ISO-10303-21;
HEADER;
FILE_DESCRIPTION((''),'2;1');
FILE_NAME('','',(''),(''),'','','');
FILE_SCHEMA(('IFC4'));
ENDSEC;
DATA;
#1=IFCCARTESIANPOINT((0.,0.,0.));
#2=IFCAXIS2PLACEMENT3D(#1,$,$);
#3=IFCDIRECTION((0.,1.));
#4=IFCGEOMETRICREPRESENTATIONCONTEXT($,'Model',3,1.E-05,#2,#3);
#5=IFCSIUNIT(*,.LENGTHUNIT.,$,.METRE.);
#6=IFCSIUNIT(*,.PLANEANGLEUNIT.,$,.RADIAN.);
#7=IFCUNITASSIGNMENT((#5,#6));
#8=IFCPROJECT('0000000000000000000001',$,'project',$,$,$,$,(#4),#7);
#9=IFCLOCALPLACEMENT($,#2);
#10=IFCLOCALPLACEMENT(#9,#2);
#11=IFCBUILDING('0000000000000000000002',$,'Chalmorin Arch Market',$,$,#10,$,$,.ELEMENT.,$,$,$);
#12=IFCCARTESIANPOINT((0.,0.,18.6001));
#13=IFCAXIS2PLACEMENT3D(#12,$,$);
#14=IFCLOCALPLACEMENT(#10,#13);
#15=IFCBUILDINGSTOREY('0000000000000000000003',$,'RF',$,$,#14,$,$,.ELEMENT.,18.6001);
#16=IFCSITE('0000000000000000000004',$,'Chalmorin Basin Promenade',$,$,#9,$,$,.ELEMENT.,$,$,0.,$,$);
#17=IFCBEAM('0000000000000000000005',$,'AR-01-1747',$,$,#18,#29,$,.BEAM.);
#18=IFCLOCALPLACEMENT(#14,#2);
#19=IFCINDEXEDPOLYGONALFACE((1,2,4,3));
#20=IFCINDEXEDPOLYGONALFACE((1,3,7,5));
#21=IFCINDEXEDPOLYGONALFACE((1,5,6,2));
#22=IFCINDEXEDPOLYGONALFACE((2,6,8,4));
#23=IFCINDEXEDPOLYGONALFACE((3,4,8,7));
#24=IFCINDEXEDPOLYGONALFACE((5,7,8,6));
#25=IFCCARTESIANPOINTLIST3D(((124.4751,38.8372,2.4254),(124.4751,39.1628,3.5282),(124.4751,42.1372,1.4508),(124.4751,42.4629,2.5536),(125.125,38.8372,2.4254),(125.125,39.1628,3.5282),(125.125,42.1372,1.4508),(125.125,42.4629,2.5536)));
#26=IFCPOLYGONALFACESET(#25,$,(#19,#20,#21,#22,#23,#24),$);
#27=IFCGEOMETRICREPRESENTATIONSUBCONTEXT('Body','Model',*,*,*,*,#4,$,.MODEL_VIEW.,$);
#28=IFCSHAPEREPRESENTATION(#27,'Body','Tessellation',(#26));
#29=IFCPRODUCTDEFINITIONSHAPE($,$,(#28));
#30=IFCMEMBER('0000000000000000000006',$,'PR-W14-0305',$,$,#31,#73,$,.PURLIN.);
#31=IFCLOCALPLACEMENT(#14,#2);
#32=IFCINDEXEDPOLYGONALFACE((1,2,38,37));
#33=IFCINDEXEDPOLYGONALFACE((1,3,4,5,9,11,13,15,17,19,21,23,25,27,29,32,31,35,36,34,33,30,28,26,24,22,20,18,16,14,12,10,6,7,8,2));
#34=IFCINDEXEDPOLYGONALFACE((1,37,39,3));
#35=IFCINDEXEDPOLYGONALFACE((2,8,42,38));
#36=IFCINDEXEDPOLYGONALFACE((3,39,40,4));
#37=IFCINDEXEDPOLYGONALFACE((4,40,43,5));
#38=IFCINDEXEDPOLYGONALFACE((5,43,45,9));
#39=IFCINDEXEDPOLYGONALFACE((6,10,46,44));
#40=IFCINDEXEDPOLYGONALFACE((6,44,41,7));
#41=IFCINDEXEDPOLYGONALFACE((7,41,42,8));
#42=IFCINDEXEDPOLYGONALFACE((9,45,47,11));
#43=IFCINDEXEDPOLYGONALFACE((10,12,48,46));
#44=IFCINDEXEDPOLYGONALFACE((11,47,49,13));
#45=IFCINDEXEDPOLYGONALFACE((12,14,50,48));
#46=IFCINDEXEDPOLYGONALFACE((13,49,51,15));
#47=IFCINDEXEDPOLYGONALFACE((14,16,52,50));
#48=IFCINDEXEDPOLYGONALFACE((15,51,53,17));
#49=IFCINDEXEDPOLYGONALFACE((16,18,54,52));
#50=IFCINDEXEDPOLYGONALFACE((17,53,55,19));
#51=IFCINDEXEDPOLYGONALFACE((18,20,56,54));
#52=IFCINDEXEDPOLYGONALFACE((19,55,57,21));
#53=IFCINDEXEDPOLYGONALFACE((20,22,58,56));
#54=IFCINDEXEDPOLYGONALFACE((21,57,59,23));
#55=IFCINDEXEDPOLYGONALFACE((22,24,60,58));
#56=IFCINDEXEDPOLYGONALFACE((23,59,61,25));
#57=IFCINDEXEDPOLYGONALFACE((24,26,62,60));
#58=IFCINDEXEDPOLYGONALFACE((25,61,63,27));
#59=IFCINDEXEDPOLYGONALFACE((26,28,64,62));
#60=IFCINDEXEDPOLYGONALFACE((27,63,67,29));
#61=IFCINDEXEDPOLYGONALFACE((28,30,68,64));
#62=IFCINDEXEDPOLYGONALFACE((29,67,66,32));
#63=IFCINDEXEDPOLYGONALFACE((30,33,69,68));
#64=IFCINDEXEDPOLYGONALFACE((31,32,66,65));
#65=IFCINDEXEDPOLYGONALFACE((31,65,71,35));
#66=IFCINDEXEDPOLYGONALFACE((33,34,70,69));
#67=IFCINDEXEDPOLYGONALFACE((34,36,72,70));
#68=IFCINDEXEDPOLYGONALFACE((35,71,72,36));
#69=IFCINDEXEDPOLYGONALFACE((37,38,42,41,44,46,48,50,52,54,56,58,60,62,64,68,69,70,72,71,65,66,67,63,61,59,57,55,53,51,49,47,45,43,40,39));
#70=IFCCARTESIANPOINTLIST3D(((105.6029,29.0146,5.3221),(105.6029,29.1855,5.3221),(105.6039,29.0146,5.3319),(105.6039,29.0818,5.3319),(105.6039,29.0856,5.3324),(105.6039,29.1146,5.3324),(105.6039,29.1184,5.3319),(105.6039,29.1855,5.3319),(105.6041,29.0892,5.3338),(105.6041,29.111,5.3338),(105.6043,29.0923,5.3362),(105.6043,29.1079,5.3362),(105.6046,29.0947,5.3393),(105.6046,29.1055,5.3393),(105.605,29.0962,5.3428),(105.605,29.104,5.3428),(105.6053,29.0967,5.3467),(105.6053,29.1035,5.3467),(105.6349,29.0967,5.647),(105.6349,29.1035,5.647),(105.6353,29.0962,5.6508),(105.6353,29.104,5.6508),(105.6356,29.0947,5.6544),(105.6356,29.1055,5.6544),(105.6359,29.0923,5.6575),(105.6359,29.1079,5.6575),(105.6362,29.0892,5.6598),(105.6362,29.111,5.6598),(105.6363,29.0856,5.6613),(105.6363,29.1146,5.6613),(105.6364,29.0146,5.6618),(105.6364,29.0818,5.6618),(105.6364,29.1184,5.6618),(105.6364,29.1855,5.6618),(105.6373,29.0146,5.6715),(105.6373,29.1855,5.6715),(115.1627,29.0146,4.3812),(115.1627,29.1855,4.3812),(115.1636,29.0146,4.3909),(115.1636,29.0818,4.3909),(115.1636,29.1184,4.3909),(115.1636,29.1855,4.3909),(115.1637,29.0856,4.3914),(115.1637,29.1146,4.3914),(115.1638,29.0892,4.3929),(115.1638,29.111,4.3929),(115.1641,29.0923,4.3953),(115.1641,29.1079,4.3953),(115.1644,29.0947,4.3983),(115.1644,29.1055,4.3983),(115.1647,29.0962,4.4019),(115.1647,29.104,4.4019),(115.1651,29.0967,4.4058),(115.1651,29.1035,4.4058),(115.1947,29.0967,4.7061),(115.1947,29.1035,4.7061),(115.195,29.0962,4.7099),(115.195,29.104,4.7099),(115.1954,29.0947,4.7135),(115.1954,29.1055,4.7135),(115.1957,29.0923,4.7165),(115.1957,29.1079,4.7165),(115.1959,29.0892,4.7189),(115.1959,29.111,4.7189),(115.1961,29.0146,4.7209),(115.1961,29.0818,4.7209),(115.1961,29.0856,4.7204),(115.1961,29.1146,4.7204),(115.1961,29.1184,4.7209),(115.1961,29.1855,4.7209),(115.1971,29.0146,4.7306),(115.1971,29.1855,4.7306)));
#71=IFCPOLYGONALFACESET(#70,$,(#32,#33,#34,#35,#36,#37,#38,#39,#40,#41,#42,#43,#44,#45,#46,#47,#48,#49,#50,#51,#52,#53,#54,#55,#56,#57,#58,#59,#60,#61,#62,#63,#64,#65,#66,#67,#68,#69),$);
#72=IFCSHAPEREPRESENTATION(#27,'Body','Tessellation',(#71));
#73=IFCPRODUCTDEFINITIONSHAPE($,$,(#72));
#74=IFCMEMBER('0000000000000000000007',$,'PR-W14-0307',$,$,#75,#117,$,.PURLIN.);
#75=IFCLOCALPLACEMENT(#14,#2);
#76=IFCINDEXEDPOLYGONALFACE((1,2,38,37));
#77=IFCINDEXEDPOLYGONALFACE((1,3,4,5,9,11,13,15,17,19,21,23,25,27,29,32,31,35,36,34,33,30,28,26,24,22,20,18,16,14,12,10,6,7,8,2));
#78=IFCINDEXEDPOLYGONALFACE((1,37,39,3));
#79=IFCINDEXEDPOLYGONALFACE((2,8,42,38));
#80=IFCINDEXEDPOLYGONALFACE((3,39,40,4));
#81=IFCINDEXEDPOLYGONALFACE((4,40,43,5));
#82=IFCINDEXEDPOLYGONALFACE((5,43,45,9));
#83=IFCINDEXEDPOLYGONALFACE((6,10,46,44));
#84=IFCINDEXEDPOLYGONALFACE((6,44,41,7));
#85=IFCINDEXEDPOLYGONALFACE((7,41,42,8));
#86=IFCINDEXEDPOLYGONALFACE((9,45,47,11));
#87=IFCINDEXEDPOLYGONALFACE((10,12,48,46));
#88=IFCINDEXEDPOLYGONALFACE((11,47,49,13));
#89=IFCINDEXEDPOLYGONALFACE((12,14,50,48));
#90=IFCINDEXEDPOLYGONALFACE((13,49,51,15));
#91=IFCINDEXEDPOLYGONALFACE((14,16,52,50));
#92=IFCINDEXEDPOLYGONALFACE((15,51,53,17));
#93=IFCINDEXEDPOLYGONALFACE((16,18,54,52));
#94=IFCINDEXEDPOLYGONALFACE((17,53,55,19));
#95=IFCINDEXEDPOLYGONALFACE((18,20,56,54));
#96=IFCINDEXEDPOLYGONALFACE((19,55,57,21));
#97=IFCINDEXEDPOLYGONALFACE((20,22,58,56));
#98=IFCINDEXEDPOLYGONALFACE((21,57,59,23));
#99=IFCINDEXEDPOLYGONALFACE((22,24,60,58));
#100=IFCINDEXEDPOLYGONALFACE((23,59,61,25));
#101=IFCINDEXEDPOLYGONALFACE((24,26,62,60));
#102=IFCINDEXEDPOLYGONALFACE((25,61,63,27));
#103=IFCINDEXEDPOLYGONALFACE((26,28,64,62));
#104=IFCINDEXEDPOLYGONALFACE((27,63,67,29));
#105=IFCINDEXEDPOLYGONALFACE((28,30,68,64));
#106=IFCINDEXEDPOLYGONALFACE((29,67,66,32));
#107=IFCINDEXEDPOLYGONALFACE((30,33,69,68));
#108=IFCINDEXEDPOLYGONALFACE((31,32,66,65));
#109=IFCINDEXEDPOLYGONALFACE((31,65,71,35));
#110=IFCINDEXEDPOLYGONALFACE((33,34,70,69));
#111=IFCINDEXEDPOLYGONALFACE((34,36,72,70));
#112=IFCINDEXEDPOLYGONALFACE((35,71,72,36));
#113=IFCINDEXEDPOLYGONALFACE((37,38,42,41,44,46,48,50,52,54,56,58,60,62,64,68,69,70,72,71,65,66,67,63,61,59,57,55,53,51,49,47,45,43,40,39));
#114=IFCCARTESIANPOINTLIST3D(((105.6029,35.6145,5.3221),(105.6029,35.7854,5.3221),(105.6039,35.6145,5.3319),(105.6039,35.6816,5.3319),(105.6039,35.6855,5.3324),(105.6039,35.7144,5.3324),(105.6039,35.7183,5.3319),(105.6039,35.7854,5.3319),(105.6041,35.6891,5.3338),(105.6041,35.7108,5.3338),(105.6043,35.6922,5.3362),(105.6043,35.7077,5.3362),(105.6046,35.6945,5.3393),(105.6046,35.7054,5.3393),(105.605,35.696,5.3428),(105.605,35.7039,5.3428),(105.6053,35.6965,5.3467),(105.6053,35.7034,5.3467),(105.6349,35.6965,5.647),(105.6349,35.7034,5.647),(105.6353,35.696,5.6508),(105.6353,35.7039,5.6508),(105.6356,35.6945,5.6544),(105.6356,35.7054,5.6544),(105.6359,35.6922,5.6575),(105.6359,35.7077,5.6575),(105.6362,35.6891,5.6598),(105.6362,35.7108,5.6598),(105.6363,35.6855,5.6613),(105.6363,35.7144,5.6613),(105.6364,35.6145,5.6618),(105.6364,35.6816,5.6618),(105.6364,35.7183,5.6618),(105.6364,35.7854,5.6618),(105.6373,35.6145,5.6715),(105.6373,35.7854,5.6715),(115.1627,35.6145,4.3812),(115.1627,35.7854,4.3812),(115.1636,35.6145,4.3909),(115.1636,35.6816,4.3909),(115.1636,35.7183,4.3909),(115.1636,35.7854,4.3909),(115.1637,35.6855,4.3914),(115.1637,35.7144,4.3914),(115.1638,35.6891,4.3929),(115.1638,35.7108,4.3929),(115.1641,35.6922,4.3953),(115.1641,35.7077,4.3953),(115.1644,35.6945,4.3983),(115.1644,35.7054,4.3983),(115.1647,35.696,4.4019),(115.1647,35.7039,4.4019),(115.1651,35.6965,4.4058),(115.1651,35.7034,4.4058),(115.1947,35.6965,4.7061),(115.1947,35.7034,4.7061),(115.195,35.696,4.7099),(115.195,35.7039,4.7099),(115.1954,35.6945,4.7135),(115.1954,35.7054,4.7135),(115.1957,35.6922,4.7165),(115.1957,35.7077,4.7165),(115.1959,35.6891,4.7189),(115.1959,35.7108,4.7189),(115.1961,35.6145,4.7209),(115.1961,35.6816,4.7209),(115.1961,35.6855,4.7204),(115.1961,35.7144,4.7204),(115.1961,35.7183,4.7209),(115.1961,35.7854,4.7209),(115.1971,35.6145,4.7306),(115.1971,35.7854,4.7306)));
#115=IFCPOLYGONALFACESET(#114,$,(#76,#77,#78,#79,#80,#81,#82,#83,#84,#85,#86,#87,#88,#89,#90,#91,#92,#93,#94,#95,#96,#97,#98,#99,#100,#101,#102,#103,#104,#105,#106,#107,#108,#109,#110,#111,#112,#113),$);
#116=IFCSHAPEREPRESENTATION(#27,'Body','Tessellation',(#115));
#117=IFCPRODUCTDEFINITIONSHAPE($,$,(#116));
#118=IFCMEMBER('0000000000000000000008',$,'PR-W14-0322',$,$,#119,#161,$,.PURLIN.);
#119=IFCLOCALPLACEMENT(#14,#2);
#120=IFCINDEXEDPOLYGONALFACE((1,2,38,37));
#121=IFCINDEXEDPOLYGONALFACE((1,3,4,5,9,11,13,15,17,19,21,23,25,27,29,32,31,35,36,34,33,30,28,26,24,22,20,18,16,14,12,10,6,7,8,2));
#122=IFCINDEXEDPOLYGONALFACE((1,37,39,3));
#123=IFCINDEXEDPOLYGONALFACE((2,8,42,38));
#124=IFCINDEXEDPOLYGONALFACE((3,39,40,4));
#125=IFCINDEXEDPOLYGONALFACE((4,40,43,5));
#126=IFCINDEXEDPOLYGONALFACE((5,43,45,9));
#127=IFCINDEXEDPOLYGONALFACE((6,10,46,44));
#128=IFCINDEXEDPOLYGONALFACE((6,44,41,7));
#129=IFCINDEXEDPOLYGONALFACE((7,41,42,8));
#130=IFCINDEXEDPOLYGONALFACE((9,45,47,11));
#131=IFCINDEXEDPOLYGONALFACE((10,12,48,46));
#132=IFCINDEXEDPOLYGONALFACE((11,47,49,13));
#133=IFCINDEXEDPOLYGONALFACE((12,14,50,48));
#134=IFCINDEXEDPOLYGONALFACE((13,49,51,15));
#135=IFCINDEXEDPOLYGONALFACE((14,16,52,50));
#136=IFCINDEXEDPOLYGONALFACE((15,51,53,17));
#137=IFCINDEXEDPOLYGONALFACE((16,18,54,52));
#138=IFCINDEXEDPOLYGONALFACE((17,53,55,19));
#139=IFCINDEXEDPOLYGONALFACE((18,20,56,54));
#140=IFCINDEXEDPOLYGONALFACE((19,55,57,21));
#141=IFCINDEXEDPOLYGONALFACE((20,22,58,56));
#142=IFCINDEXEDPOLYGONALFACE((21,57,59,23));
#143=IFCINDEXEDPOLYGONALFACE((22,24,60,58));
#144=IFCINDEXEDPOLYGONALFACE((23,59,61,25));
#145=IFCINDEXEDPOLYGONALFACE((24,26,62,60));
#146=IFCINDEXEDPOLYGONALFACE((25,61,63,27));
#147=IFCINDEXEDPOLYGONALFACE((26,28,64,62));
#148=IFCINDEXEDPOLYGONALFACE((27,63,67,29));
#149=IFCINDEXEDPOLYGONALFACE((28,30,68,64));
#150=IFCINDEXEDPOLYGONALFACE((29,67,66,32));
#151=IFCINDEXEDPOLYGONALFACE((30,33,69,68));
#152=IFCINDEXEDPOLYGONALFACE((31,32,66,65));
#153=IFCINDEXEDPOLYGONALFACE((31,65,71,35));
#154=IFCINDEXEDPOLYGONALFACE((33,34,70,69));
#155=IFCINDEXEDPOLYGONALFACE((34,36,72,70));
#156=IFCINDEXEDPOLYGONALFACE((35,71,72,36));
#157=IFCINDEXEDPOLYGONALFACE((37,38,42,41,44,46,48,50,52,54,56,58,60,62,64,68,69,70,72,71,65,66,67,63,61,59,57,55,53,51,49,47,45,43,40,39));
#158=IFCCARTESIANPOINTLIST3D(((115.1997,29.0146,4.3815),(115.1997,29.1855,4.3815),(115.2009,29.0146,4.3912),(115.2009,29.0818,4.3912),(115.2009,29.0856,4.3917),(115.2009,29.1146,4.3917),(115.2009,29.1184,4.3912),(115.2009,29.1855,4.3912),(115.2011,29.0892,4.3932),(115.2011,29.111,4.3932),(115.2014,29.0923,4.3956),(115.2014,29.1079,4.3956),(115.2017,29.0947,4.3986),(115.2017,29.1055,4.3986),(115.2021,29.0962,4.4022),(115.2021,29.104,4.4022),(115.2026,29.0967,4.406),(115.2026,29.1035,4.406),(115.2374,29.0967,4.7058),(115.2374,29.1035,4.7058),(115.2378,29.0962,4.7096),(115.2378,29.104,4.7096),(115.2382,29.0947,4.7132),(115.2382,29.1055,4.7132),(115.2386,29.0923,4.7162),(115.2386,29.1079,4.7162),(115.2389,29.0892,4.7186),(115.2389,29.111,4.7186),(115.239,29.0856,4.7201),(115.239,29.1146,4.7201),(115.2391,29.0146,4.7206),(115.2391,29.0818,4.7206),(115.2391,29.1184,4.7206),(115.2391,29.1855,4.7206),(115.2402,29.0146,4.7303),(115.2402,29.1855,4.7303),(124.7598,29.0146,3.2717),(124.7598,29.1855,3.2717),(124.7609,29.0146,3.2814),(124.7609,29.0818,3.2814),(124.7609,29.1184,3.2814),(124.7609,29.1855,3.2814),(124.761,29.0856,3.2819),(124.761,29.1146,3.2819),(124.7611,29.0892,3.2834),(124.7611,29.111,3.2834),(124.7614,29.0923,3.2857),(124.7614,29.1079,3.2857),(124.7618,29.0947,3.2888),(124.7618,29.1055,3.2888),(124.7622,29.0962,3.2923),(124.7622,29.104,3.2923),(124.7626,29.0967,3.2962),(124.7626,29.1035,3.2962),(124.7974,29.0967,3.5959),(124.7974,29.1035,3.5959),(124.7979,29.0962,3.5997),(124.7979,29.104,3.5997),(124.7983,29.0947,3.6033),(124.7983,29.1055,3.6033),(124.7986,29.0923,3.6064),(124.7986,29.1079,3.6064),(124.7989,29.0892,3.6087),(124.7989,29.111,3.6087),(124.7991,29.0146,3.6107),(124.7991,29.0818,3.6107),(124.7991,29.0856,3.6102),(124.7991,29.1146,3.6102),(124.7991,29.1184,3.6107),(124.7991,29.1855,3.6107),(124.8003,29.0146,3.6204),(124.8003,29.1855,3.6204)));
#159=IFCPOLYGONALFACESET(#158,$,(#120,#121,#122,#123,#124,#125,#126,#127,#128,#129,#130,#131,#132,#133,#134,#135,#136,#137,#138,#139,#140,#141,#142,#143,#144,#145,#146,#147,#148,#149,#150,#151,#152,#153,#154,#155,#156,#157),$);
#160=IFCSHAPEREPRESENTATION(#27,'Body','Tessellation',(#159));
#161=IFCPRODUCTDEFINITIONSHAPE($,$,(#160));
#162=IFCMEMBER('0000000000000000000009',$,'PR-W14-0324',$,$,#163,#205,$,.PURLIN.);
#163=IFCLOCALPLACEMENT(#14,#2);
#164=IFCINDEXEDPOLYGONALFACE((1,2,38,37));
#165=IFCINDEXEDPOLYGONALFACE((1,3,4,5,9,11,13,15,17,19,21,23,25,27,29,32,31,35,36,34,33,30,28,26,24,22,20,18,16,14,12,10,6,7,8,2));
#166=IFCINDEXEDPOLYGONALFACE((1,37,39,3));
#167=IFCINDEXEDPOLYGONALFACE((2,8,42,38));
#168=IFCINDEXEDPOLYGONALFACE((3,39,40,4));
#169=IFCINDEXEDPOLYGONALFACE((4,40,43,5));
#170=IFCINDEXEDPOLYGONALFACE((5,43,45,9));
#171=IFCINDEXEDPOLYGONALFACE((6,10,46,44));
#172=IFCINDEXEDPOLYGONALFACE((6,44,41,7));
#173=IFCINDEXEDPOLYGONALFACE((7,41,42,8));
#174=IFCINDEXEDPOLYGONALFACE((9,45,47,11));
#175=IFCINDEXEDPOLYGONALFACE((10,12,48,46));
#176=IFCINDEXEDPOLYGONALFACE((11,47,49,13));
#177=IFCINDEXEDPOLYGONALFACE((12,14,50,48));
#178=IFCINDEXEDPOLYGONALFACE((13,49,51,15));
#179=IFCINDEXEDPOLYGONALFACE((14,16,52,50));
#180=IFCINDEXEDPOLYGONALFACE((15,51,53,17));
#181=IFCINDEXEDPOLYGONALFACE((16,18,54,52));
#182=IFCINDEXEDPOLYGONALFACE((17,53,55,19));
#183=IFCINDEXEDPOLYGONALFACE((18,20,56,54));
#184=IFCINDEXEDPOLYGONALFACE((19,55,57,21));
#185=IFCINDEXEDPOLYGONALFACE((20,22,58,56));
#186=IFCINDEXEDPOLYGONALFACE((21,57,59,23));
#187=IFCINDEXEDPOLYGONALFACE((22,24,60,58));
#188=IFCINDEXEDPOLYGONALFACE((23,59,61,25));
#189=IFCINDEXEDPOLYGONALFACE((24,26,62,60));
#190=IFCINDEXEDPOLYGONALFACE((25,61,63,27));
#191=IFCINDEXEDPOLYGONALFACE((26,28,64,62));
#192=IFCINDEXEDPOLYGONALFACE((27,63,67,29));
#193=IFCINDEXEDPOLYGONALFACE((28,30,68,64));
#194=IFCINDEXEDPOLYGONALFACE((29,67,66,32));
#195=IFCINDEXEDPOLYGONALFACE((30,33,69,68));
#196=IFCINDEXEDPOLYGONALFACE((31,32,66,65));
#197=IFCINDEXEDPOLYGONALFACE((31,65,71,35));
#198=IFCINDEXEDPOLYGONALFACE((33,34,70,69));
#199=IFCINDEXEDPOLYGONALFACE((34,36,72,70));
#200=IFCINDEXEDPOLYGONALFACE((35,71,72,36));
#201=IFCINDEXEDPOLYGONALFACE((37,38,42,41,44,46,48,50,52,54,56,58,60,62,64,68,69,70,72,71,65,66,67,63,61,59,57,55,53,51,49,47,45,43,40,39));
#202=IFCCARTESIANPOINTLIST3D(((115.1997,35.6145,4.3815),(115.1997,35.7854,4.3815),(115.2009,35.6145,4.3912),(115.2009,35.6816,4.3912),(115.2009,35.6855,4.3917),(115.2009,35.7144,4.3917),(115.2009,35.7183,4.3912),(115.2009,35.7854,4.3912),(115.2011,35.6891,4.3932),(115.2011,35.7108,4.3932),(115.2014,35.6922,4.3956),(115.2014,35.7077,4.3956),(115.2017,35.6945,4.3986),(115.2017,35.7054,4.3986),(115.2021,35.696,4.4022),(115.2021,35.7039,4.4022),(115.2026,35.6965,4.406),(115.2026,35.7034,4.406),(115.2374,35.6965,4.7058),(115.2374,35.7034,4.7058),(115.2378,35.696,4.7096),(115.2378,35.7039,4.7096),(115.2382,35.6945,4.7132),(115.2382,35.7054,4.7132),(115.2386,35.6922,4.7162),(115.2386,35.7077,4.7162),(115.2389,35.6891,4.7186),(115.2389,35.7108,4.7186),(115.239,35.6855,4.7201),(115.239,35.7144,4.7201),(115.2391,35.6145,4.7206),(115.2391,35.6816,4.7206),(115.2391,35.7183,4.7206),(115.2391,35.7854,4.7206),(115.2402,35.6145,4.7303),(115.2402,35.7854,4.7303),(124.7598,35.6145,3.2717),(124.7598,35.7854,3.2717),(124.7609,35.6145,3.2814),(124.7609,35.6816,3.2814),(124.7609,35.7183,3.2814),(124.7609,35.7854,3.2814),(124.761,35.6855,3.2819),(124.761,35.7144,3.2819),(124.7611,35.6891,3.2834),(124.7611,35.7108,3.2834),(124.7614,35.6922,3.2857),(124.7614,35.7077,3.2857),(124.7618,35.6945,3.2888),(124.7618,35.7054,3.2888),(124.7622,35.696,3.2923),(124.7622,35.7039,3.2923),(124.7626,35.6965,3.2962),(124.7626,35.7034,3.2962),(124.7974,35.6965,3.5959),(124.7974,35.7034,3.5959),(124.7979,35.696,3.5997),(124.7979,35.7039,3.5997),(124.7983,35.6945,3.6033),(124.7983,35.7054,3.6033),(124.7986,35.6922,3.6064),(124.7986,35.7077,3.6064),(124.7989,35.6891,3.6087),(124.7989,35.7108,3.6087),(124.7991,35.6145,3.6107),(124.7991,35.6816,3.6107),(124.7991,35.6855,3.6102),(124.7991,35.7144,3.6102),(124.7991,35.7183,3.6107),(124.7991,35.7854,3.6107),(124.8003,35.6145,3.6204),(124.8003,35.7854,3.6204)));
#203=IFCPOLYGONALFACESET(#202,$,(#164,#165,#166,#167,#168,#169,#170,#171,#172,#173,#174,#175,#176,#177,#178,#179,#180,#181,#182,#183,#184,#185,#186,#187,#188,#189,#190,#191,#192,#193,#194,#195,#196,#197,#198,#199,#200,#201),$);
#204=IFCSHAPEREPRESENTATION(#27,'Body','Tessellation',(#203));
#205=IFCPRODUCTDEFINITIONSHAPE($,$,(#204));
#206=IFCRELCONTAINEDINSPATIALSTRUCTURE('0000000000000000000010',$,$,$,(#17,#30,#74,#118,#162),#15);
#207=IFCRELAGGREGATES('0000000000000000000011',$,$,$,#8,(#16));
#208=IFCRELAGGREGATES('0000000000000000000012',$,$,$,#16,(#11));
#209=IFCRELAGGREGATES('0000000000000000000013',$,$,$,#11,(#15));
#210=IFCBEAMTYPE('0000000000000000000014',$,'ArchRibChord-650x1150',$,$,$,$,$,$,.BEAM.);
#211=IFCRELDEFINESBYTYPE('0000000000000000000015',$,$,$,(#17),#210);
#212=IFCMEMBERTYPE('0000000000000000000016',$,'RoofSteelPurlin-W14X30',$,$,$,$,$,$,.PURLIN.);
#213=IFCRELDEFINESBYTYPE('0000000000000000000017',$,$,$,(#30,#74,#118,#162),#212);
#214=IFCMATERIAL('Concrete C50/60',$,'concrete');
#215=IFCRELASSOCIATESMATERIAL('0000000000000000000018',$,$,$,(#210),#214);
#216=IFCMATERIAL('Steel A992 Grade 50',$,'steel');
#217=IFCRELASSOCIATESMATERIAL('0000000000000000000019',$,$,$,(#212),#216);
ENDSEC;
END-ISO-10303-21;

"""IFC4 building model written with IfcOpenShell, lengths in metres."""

from ifc_helpers import new_model, si_unit, direction, frame, origin, origin_2d, place, context, subcontext, project, spatial, rectangle, i_section, extrude, material, material_profile, profile_set, type_object, element, save


model = new_model("IFC4")

# Units and contexts
model_context = context("Model", 3, precision=1e-05, world=origin(), true_north=direction((0.0, 1.0)))
body_context = subcontext(model_context, "Body", "Model", "MODEL_VIEW")
ifc_project = project(units=[si_unit("LENGTHUNIT", "METRE"), si_unit("PLANEANGLEUNIT", "RADIAN")], contexts=[model_context])

# Site, building, storey
site_placement = place(None, origin())
site = spatial("IfcSite", under=ifc_project, at=site_placement, Name="Chalmorin Basin Promenade", CompositionType="ELEMENT", RefElevation=0.0)
building_placement = place(site_placement, origin())
building = spatial("IfcBuilding", under=site, at=building_placement, Name="Chalmorin Arch Market", CompositionType="ELEMENT")
storey_placement = place(building_placement, frame((0.0, 0.0, 18.6001)))
storey = spatial("IfcBuildingStorey", under=building, at=storey_placement, Name="RF", CompositionType="ELEMENT", Elevation=18.6001)

# Beam
ifc_material_1 = material(Name="Concrete C50/60", Category="concrete")
ifc_material_profile_1 = material_profile(ifc_material_1, rectangle(XDim=0.6499, YDim=1.1499, at=origin_2d()), Name="RC650X1150")
ifc_profile_set_1 = profile_set([ifc_material_profile_1], Name="Concrete C50/60")
beam_type = type_object("IfcBeamType", Name="ArchRibChord-650x1150", PredefinedType="BEAM", material=ifc_profile_set_1)
beam_1_placement = place(storey_placement, frame((124.8, 39.0, 2.9768), z_axis=(0.0, 0.95905, -0.283238), x_axis=(-1.0, 0.0, 0.0)))
element("IfcBeam", 1, at=beam_1_placement, inside=storey, type_object=beam_type, Name="AR-01-1747", PredefinedType="BEAM", context=body_context, shape_type="SweptSolid", body=[
    extrude(rectangle(XDim=0.6499, YDim=1.1499, at=origin_2d()), origin(), (0.0, 0.0, 1.0), 3.4409),
])

# Members
ifc_material_2 = material(Name="Steel A992 Grade 50", Category="steel")
ifc_material_profile_2 = material_profile(ifc_material_2, i_section(OverallWidth=0.1709, OverallDepth=0.3511, WebThickness=0.0068, FlangeThickness=0.0098, FilletRadius=0.0149, at=origin_2d()), Name="W14X30")
ifc_profile_set_2 = profile_set([ifc_material_profile_2], Name="Steel A992 Grade 50")
member_type_1 = type_object("IfcMemberType", Name="RoofSteelPurlin-W14X30", PredefinedType="PURLIN", material=ifc_profile_set_2)
for number, where, z_axis, x_axis, name in (
    (2, (105.6201, 29.1001, 5.4968), (0.995191, 0.0, -0.097951), (0.0, 1.0, 0.0), "PR-W14-0305"),
    (3, (105.6201, 35.7, 5.4968), (0.995191, 0.0, -0.097951), (0.0, 1.0, 0.0), "PR-W14-0307"),
):
    element("IfcMember", number, at=place(storey_placement, frame(where, z_axis=z_axis, x_axis=x_axis)), inside=storey, type_object=member_type_1, Name=name, PredefinedType="PURLIN", context=body_context, shape_type="SweptSolid", body=[
        extrude(i_section(OverallWidth=0.1709, OverallDepth=0.3511, WebThickness=0.0068, FlangeThickness=0.0098, FilletRadius=0.0149, at=origin_2d()), origin(), (0.0, 0.0, 1.0), 9.606),
    ])
for number, where, z_axis, x_axis, name in (
    (4, (115.22, 29.1001, 4.5559), (0.993328, 0.0, -0.115319), (0.0, 1.0, 0.0), "PR-W14-0322"),
    (5, (115.22, 35.7, 4.5559), (0.993328, 0.0, -0.115319), (0.0, 1.0, 0.0), "PR-W14-0324"),
):
    element("IfcMember", number, at=place(storey_placement, frame(where, z_axis=z_axis, x_axis=x_axis)), inside=storey, type_object=member_type_1, Name=name, PredefinedType="PURLIN", context=body_context, shape_type="SweptSolid", body=[
        extrude(i_section(OverallWidth=0.1709, OverallDepth=0.3511, WebThickness=0.0068, FlangeThickness=0.0098, FilletRadius=0.0149, at=origin_2d()), origin(), (0.0, 0.0, 1.0), 9.6243),
    ])

save(model, "model.ifc")
